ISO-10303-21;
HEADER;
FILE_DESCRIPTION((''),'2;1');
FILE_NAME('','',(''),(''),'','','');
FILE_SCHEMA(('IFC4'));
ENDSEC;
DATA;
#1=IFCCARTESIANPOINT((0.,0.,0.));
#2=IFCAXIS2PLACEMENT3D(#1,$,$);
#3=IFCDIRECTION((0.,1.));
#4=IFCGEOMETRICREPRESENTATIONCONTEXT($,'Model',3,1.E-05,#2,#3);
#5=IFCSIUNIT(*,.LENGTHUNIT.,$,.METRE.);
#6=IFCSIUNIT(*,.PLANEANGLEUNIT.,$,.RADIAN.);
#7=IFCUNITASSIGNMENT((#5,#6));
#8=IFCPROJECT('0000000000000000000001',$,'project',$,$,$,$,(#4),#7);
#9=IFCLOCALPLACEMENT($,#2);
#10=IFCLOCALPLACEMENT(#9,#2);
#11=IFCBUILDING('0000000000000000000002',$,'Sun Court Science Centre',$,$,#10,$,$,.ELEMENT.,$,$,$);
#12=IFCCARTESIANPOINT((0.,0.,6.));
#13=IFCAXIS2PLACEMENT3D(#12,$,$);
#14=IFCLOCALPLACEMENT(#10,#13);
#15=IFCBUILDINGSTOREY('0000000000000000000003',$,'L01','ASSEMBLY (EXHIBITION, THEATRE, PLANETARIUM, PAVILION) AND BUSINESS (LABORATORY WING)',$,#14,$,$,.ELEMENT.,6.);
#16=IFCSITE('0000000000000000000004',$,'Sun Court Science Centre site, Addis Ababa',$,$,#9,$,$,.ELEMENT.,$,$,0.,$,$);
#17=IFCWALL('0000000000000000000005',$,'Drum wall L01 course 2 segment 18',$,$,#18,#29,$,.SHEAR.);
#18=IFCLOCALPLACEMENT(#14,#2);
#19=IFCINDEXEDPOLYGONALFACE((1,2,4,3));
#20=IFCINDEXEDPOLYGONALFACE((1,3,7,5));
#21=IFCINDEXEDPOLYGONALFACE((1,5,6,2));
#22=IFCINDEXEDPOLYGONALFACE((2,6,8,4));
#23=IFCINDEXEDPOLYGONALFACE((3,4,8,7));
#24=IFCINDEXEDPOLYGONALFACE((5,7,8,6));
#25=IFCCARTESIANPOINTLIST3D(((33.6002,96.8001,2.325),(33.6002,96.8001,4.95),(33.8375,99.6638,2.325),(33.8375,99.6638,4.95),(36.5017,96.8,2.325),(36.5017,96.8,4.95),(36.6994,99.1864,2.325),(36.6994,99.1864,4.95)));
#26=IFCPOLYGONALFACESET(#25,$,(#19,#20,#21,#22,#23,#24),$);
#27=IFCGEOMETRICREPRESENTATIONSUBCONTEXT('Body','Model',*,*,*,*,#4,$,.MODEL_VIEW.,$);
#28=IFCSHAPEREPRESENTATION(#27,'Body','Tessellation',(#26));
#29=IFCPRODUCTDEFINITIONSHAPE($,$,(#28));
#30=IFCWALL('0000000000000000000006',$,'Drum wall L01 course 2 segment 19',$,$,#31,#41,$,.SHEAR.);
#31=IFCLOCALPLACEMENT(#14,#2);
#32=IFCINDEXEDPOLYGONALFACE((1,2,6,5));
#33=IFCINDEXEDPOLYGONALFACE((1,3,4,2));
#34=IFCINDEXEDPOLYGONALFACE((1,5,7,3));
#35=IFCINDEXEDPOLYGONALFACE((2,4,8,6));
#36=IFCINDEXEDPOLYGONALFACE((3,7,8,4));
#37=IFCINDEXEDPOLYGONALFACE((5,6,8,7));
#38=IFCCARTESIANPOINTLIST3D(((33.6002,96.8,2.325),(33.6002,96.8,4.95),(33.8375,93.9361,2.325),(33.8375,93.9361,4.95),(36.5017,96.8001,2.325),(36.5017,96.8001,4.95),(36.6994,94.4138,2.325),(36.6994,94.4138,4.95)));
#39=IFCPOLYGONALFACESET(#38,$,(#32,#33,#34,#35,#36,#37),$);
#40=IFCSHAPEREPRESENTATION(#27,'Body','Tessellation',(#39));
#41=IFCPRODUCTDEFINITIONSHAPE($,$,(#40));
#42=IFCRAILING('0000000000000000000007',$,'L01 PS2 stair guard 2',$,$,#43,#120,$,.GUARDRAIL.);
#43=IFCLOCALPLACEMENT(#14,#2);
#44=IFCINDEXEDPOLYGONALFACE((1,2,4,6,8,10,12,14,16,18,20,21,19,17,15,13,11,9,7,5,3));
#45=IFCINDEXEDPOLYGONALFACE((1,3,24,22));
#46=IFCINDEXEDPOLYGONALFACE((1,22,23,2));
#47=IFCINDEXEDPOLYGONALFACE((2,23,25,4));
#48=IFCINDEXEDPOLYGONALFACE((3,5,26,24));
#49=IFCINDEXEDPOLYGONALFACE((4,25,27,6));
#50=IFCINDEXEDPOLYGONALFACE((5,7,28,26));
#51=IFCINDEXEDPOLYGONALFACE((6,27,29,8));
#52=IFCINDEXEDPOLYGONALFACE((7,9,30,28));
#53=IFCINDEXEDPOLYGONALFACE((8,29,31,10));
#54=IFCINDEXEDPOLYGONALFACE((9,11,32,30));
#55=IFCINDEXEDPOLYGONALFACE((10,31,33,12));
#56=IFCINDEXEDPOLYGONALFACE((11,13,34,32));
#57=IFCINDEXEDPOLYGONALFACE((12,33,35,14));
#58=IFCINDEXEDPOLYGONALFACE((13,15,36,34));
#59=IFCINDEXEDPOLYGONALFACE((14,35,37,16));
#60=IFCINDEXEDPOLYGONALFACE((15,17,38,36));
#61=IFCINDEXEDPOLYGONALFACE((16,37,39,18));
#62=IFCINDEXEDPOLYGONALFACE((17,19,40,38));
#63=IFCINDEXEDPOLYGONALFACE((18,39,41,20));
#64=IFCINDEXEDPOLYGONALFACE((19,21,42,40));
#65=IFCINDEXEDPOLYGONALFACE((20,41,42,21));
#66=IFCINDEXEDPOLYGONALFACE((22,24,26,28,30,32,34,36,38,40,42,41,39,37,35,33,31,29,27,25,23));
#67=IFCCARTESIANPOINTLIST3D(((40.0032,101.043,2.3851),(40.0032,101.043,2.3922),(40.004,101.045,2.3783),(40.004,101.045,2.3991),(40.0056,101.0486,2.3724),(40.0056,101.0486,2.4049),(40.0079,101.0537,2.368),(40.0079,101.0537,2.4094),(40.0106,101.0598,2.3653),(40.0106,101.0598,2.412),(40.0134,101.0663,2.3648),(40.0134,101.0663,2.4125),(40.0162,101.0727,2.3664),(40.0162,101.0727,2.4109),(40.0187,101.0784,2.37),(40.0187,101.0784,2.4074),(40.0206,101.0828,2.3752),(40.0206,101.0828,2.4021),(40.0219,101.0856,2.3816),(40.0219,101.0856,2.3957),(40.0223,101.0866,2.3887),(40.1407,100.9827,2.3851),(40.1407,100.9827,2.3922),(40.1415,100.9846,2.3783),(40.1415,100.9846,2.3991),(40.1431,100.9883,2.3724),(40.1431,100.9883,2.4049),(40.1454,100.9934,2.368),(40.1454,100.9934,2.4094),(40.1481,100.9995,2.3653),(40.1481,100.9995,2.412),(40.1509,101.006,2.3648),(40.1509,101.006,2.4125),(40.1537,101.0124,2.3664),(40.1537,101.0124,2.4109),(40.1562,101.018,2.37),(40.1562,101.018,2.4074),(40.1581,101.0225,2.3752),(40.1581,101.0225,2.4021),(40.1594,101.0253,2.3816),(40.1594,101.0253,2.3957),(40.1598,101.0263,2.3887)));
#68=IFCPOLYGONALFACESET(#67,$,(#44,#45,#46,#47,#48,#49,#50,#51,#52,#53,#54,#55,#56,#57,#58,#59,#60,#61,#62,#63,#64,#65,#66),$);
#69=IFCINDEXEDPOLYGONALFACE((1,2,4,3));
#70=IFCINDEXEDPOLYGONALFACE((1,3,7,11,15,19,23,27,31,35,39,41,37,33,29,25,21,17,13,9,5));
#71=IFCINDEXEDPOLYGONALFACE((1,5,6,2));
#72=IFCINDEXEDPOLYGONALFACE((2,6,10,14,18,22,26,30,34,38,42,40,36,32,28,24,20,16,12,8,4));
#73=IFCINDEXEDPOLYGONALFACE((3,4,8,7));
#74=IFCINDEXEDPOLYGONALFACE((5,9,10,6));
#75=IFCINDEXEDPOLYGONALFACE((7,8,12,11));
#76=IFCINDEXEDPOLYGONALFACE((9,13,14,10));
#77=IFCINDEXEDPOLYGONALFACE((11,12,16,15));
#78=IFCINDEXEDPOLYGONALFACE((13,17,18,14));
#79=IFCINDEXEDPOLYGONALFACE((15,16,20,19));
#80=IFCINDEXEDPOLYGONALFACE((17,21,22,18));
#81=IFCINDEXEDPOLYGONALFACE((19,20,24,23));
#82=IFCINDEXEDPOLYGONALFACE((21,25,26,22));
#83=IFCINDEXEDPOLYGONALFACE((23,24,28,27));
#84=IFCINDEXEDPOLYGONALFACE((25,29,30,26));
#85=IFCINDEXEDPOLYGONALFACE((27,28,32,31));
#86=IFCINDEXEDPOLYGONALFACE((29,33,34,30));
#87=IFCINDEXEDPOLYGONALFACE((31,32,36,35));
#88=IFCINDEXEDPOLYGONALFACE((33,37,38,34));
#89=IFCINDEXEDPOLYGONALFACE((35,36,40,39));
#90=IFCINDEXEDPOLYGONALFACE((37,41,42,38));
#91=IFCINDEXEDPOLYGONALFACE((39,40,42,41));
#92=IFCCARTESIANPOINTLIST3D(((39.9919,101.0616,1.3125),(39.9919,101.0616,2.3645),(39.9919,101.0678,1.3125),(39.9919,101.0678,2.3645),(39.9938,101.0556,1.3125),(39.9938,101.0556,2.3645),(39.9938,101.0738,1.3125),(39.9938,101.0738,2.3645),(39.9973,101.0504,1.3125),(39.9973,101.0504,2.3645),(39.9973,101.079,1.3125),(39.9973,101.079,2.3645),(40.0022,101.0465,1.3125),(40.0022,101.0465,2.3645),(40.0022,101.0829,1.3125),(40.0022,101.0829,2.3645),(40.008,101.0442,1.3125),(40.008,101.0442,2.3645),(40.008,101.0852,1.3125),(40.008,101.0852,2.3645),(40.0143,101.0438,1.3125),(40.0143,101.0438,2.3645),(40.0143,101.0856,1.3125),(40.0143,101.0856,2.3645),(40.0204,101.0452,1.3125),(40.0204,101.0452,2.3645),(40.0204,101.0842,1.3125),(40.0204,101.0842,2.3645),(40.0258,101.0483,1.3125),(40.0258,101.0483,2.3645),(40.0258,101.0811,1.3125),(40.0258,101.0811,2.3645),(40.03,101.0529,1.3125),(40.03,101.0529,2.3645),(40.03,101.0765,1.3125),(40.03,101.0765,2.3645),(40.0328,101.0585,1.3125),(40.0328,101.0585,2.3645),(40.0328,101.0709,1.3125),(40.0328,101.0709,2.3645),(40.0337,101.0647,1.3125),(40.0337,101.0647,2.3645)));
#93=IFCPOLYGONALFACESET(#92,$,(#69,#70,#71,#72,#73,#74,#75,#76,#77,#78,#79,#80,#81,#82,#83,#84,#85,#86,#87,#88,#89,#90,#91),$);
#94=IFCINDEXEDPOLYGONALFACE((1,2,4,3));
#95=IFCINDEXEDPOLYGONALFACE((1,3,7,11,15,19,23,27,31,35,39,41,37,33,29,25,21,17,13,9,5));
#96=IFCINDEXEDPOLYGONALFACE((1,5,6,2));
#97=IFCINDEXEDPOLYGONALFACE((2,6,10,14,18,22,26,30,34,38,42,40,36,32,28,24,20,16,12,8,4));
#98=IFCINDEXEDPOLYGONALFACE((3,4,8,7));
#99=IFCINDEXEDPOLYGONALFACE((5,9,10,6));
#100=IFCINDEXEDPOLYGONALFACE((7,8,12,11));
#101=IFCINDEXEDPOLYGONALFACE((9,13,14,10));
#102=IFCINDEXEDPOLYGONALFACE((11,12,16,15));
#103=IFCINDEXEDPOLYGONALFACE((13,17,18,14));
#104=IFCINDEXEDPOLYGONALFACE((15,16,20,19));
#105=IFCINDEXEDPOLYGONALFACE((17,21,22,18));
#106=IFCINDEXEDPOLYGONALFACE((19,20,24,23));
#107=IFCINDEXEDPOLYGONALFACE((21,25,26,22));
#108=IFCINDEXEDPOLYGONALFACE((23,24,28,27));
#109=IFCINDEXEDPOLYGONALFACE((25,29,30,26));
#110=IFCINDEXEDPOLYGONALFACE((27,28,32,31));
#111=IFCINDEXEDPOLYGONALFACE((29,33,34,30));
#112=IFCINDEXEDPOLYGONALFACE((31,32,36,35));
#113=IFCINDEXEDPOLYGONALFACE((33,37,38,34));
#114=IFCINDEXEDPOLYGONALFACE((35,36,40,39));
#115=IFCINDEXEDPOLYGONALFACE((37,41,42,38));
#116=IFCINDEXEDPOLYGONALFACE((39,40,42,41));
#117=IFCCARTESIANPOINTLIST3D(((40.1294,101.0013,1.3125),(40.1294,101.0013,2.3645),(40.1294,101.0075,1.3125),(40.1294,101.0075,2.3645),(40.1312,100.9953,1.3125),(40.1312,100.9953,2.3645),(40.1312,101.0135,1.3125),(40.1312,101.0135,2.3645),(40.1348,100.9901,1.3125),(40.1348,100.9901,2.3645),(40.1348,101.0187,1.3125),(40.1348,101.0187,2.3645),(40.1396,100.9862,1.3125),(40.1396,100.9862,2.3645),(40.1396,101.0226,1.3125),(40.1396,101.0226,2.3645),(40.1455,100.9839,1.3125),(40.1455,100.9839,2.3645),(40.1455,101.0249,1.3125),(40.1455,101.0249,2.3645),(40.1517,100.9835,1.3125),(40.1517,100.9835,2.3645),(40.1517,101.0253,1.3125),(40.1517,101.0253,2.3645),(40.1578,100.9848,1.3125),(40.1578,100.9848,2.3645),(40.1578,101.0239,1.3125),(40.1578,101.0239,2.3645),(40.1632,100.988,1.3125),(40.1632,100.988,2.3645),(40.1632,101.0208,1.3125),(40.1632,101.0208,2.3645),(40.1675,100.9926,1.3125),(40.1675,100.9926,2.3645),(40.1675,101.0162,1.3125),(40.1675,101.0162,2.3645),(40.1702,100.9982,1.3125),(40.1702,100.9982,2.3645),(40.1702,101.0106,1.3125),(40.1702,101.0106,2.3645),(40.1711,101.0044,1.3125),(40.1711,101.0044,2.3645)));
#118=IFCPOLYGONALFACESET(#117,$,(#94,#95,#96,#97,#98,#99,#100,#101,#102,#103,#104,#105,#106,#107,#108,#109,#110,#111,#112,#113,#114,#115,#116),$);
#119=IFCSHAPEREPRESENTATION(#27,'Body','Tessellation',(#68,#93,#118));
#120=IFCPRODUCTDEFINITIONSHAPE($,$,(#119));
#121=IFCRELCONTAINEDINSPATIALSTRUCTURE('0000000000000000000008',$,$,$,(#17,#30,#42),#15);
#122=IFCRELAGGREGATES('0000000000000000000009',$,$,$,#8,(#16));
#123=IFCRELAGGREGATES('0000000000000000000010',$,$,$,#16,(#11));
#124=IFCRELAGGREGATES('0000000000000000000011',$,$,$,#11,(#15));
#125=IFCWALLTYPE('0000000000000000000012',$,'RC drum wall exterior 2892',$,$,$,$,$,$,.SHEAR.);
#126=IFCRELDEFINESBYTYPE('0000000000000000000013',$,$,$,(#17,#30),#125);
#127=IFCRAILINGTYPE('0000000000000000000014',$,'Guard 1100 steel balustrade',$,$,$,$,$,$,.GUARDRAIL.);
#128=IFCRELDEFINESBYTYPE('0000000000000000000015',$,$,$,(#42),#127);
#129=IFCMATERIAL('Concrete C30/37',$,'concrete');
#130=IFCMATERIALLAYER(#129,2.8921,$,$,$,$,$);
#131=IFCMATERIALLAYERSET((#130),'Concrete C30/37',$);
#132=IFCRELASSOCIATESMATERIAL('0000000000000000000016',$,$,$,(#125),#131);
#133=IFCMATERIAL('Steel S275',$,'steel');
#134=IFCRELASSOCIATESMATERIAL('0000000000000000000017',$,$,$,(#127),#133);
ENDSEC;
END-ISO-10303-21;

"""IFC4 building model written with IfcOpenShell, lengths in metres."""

from ifc_helpers import new_model, si_unit, direction, frame, origin, origin_2d, place, context, subcontext, project, spatial, polyline, circle, outline, extrude, material, layer, layer_set, type_object, element, save


model = new_model("IFC4")

# Units and contexts
model_context = context("Model", 3, precision=1e-05, world=origin(), true_north=direction((0.0, 1.0)))
body_context = subcontext(model_context, "Body", "Model", "MODEL_VIEW")
ifc_project = project(units=[si_unit("LENGTHUNIT", "METRE"), si_unit("PLANEANGLEUNIT", "RADIAN")], contexts=[model_context])

# Site, building, storey
site_placement = place(None, origin())
site = spatial("IfcSite", under=ifc_project, at=site_placement, Name="Sun Court Science Centre site, Addis Ababa", CompositionType="ELEMENT", RefElevation=0.0)
building_placement = place(site_placement, origin())
building = spatial("IfcBuilding", under=site, at=building_placement, Name="Sun Court Science Centre", CompositionType="ELEMENT")
storey_placement = place(building_placement, frame((0.0, 0.0, 6.0)))
storey = spatial("IfcBuildingStorey", under=building, at=storey_placement, Name="L01", Description="ASSEMBLY (EXHIBITION, THEATRE, PLANETARIUM, PAVILION) AND BUSINESS (LABORATORY WING)", CompositionType="ELEMENT", Elevation=6.0)

# Walls
ifc_material_1 = material(Name="Concrete C30/37", Category="concrete")
ifc_layer_1 = layer(ifc_material_1, 2.8921)
ifc_layer_set_1 = layer_set([ifc_layer_1], Name="Concrete C30/37")
wall_type_1 = type_object("IfcWallType", Name="RC drum wall exterior 2892", PredefinedType="SHEAR", material=ifc_layer_set_1)
wall_1_placement = place(storey_placement, frame((35.2783, 99.5444, 2.325), z_axis=(0.0, 0.0, 1.0), x_axis=(-0.082581, -0.996584, 0.0)))
element("IfcWall", 1, at=wall_1_placement, inside=storey, type_object=wall_type_1, Name="Drum wall L01 course 2 segment 18", PredefinedType="SHEAR", context=body_context, shape_type="SweptSolid", body=[
    extrude(outline(polyline([(0.0, -1.4458), (2.8735, -1.4458), (2.634, 1.4458), (0.2395, 1.4458), (0.0, -1.4458)])), origin(), (0.0, 0.0, 1.0), 2.625),
])
wall_2_placement = place(storey_placement, frame((35.041, 96.9194, 2.325), z_axis=(0.0, 0.0, 1.0), x_axis=(0.082574, -0.996585, 0.0)))
element("IfcWall", 2, at=wall_2_placement, inside=storey, type_object=wall_type_1, Name="Drum wall L01 course 2 segment 19", PredefinedType="SHEAR", context=body_context, shape_type="SweptSolid", body=[
    extrude(outline(polyline([(0.0, -1.4458), (2.8738, -1.4458), (2.634, 1.4458), (0.2395, 1.4458), (0.0, -1.4458)])), origin(), (0.0, 0.0, 1.0), 2.625),
])

# Railing
ifc_material_2 = material(Name="Steel S275", Category="steel")
railing_type = type_object("IfcRailingType", Name="Guard 1100 steel balustrade", PredefinedType="GUARDRAIL", material=ifc_material_2)
railing_1_placement = place(storey_placement, frame((40.0127, 101.0647, 1.3125)))
element("IfcRailing", 3, at=railing_1_placement, inside=storey, type_object=railing_type, Name="L01 PS2 stair guard 2", PredefinedType="GUARDRAIL", context=body_context, shape_type="SweptSolid", body=[
    extrude(circle(Radius=0.0239, at=origin_2d()), frame((0.0, 0.0, 1.0762), z_axis=(0.915746, -0.401757, 0.0), x_axis=(0.401757, 0.915746, 0.0)), (0.0, 0.0, 1.0), 0.1501),
    extrude(circle(Radius=0.021, at=origin_2d()), origin(), (0.0, 0.0, 1.0), 1.052),
    extrude(circle(Radius=0.021, at=origin_2d()), frame((0.1375, -0.0603, 0.0)), (0.0, 0.0, 1.0), 1.052),
])

save(model, "model.ifc")
